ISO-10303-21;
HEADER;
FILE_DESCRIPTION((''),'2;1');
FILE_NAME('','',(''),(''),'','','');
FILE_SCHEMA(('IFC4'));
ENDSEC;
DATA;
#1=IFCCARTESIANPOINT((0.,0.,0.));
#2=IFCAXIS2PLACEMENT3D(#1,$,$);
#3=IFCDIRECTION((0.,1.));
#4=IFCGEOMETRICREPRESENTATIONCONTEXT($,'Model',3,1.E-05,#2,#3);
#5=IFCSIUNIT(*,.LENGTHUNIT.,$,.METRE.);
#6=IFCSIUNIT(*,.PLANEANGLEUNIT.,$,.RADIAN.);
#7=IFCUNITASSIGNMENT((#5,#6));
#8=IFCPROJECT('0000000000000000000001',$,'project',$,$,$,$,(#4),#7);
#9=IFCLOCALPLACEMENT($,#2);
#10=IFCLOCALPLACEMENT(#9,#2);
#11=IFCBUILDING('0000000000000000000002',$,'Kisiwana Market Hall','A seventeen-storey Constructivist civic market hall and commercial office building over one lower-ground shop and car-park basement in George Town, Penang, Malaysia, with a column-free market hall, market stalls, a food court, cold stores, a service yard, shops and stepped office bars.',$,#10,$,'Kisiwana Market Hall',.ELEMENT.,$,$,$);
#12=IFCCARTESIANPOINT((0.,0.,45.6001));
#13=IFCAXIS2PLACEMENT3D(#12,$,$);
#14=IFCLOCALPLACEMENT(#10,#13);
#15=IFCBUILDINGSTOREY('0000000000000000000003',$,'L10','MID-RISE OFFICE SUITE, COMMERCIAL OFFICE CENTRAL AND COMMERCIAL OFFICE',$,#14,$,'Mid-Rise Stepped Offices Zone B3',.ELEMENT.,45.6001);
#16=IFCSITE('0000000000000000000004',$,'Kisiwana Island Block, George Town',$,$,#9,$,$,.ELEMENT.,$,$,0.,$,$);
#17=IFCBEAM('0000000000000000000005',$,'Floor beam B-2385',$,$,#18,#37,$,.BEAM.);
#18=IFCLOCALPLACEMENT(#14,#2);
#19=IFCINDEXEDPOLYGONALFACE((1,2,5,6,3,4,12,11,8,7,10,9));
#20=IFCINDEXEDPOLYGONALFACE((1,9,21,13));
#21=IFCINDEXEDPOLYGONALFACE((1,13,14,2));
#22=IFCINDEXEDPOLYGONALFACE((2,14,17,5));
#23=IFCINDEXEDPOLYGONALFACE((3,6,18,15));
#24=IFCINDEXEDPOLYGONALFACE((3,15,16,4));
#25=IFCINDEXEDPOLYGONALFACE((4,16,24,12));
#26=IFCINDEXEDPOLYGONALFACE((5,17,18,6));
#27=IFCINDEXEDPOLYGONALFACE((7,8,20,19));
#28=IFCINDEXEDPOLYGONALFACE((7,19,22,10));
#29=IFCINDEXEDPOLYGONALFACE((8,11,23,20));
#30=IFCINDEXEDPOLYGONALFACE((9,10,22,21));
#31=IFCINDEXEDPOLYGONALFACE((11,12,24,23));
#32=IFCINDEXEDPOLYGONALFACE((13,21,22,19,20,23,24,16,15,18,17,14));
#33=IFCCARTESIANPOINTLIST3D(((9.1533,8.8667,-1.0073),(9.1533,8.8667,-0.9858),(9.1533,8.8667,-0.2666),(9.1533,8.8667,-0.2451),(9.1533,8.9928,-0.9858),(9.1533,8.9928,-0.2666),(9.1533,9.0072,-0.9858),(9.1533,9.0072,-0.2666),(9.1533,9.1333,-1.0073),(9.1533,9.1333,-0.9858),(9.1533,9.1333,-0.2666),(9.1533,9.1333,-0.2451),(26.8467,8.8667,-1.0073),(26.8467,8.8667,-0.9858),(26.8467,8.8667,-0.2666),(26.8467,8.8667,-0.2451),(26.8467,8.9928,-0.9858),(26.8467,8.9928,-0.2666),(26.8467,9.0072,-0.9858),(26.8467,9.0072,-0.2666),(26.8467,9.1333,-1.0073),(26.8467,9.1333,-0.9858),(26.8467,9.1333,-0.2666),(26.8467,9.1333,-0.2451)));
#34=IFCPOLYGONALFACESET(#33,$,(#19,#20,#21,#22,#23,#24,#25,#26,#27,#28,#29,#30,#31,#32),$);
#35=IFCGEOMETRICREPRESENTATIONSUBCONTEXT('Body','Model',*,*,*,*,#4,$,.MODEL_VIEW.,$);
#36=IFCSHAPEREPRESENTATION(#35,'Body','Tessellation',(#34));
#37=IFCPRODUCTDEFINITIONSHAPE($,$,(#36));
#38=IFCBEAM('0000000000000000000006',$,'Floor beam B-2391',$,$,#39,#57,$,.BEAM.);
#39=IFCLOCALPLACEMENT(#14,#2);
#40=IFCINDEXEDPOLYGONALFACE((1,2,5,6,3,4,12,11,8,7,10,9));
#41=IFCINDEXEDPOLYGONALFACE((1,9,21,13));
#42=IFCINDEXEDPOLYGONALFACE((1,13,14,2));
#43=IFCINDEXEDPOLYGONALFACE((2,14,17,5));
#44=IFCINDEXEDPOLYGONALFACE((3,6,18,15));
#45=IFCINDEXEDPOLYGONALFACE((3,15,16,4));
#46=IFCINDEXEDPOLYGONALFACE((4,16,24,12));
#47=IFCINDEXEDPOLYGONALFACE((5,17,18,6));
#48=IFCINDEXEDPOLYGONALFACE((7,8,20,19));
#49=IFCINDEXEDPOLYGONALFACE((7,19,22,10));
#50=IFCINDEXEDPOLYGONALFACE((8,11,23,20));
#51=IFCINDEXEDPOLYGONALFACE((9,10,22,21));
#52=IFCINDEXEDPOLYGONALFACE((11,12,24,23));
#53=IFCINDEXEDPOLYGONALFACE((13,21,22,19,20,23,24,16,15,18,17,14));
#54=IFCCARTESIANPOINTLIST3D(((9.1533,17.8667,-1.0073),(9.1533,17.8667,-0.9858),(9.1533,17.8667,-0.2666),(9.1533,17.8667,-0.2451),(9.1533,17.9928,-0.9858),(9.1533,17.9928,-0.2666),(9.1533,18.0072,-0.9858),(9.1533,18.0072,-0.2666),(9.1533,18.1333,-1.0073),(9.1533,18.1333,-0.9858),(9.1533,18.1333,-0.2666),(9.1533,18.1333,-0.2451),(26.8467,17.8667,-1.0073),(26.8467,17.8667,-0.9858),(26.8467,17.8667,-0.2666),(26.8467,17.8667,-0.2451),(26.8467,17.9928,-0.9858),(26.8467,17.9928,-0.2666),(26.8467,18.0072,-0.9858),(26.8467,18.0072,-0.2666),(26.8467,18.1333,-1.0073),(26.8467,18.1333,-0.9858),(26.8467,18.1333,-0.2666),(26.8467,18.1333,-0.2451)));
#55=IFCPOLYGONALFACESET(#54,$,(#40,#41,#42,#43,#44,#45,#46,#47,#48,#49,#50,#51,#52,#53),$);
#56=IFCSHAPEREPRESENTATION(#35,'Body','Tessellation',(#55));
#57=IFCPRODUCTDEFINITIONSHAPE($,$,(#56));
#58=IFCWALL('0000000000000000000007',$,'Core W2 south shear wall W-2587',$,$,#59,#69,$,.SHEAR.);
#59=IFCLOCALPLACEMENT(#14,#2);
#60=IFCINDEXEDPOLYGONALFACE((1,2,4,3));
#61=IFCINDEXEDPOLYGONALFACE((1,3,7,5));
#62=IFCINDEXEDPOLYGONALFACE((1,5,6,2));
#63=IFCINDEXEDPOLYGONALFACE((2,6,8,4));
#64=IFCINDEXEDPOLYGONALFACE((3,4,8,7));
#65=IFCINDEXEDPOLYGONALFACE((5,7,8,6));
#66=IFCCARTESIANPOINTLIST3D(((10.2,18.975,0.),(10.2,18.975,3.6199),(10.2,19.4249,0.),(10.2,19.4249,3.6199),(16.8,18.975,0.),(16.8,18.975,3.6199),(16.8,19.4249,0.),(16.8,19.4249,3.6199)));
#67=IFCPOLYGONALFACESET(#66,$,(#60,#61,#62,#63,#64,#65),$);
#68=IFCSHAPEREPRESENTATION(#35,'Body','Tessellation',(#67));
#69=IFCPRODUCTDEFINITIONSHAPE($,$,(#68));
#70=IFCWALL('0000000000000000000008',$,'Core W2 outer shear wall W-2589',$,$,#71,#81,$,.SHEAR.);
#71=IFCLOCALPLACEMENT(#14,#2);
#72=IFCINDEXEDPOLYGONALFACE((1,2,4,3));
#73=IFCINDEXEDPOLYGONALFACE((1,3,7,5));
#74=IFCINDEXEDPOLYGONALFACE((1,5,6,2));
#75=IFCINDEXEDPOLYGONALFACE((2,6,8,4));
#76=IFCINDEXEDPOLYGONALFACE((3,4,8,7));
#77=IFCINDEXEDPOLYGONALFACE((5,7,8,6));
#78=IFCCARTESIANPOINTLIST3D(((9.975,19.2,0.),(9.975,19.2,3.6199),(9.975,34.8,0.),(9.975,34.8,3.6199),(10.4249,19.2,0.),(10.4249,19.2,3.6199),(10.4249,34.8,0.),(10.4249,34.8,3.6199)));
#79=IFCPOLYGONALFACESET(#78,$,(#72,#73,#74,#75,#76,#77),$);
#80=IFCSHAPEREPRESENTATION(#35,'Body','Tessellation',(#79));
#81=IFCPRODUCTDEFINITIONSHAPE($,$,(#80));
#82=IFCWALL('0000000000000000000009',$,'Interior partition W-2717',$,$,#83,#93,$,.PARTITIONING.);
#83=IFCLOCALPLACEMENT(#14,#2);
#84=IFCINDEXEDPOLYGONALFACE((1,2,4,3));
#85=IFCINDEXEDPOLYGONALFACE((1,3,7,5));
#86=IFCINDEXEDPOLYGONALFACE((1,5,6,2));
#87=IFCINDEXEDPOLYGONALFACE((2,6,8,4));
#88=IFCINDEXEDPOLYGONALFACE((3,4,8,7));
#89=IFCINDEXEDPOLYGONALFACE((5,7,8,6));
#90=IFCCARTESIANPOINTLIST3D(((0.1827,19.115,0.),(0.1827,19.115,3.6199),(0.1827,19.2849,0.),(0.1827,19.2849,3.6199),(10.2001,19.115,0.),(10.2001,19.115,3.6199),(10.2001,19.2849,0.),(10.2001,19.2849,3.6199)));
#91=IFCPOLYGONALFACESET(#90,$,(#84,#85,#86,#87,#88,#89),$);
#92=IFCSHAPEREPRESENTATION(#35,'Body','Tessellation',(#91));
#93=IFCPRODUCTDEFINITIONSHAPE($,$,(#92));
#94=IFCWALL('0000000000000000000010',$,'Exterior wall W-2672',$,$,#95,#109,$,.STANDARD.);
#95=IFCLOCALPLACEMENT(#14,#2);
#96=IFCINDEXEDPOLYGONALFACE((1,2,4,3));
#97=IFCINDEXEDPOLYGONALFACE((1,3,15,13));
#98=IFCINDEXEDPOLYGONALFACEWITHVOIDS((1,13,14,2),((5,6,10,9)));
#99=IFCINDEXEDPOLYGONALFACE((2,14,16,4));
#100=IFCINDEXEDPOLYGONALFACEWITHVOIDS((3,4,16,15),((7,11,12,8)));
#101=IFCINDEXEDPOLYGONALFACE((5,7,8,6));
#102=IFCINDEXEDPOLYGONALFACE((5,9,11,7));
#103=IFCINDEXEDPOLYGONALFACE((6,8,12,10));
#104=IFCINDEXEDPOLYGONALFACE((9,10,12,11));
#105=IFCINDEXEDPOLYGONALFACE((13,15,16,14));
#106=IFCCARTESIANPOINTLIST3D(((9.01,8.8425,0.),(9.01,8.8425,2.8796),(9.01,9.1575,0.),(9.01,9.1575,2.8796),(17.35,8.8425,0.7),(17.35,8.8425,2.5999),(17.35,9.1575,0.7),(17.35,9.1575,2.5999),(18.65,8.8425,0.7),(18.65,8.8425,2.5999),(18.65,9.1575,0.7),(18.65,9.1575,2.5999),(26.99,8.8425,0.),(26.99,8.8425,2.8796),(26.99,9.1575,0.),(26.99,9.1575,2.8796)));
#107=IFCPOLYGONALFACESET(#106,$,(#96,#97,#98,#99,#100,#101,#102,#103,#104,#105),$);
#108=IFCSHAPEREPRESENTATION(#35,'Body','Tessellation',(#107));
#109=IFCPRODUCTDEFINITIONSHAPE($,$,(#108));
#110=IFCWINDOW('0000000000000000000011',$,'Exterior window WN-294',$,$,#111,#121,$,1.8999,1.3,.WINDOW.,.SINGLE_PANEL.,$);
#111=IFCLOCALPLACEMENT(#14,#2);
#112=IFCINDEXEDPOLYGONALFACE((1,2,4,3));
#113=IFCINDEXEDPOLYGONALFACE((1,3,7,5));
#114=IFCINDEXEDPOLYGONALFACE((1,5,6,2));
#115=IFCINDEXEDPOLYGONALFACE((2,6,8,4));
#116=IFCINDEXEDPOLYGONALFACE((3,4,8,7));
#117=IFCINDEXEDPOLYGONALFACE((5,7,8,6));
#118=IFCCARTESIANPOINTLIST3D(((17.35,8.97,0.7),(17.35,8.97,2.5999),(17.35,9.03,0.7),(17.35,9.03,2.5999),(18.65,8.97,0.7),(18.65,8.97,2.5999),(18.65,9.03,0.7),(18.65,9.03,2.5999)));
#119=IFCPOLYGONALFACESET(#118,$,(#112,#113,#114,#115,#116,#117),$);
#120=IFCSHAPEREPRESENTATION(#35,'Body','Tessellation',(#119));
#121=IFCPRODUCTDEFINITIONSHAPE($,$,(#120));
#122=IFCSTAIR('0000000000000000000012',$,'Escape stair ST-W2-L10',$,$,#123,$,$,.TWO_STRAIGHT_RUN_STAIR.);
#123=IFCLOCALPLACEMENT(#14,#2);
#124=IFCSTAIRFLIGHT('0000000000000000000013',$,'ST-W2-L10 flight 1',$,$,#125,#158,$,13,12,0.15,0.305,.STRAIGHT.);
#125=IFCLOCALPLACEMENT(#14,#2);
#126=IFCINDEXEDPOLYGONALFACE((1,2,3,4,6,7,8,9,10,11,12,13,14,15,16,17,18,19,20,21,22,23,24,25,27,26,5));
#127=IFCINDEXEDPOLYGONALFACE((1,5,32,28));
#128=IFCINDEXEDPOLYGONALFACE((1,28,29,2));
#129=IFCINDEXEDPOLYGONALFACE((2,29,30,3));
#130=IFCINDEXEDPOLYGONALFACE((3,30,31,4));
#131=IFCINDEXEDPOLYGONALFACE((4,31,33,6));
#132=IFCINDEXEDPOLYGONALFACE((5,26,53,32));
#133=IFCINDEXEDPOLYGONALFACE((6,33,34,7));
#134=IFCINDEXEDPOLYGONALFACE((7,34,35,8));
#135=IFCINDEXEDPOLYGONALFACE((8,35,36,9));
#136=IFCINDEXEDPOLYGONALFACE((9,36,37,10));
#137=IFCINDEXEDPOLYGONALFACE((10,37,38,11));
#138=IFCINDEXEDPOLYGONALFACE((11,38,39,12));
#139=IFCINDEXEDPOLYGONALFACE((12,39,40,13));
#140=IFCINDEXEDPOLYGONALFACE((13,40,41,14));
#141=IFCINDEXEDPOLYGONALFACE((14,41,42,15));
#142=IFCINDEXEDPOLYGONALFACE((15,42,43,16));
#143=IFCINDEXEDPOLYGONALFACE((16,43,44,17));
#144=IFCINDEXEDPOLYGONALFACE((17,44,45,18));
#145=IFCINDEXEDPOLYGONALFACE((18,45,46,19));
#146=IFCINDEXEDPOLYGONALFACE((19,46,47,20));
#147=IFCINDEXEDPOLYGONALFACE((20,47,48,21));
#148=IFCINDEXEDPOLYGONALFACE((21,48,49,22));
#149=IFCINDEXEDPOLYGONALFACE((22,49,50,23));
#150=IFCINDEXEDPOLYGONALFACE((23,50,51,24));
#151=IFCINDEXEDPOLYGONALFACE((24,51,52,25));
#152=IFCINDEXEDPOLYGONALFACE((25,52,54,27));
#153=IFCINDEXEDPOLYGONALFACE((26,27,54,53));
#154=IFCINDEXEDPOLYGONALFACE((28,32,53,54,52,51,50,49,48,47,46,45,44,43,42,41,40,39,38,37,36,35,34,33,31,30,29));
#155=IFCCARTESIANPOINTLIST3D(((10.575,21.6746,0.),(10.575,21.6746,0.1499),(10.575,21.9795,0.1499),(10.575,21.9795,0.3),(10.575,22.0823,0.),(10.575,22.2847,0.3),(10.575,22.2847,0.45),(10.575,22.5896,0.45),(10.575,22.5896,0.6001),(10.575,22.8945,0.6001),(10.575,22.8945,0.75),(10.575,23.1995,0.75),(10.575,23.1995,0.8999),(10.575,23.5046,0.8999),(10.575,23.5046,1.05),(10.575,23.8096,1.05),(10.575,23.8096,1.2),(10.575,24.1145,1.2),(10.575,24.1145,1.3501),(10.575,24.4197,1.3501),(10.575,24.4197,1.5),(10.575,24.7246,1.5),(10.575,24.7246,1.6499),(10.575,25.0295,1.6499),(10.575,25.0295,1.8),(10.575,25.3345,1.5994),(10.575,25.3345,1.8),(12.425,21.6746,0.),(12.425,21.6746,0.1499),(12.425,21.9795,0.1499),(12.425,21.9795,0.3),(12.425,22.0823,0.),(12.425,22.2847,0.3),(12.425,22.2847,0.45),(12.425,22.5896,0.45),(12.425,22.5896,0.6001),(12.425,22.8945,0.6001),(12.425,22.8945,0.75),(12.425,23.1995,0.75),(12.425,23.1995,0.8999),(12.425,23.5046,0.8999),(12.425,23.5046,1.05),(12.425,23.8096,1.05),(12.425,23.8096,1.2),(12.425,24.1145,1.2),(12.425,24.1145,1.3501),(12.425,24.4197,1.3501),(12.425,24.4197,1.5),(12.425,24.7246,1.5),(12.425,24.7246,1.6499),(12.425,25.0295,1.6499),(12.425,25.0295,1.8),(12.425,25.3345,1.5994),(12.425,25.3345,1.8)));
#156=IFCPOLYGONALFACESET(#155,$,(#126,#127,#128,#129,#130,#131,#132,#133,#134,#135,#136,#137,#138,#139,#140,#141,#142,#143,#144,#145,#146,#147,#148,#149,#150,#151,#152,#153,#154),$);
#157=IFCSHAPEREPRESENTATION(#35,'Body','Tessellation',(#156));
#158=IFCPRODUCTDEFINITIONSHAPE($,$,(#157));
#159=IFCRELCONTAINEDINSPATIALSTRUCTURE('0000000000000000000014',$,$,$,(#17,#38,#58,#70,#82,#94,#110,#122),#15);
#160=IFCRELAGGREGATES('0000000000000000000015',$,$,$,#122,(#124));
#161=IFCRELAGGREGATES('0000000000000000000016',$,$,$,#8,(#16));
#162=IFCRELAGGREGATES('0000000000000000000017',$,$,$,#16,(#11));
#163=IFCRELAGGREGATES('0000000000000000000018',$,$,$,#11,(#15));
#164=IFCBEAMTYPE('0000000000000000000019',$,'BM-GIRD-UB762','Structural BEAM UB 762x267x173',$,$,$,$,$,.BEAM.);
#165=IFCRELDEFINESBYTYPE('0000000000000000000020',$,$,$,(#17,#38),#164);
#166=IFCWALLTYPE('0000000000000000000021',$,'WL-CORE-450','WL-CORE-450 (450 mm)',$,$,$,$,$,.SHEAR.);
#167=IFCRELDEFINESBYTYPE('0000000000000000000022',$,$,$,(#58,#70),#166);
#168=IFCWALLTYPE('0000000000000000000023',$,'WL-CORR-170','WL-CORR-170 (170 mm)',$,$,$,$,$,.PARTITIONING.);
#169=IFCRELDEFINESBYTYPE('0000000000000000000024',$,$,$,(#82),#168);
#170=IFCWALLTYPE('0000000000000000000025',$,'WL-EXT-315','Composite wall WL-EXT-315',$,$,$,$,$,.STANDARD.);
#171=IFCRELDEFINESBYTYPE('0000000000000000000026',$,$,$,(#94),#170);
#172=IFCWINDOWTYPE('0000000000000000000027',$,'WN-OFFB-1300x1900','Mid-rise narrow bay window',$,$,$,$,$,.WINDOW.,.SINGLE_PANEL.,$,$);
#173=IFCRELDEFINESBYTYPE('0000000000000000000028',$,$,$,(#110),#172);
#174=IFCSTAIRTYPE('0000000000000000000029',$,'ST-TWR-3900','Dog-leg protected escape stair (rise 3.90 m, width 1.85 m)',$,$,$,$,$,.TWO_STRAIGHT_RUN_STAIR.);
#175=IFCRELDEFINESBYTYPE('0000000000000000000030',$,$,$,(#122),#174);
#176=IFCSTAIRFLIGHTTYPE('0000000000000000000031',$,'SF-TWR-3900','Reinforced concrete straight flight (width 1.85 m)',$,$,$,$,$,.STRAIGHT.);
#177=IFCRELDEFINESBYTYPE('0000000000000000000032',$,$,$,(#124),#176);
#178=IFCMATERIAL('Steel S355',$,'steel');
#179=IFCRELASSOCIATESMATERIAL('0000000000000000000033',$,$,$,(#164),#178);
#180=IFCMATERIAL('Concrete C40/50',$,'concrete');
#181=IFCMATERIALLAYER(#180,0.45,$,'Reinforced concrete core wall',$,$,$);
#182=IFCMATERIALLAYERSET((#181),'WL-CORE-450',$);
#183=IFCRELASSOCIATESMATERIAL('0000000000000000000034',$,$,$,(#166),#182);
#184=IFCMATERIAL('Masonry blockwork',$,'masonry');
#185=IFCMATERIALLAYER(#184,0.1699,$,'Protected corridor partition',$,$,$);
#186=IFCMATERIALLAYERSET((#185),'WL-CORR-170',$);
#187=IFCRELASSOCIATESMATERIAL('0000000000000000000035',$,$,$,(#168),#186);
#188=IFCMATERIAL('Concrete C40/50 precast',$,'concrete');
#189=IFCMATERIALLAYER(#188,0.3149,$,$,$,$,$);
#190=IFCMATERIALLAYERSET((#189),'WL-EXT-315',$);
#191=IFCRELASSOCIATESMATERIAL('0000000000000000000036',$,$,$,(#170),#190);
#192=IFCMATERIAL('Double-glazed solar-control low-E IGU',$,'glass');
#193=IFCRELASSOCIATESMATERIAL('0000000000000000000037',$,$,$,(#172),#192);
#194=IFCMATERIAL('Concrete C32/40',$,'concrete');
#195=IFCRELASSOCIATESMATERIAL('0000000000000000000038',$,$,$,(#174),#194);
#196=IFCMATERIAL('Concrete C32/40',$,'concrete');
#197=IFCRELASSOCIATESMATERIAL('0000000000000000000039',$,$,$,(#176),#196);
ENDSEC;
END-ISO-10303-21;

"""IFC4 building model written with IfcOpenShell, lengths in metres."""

from ifc_helpers import new_model, si_unit, direction, frame, frame_2d, origin, origin_2d, place, context, subcontext, project, spatial, polyline, rectangle, i_section, outline, extrude, material, layer, layer_set, material_profile, profile_set, type_object, element, fill, aggregate, save


model = new_model("IFC4")

# Units and contexts
model_context = context("Model", 3, precision=1e-05, world=origin(), true_north=direction((0.0, 1.0)))
body_context = subcontext(model_context, "Body", "Model", "MODEL_VIEW")
ifc_project = project(units=[si_unit("LENGTHUNIT", "METRE"), si_unit("PLANEANGLEUNIT", "RADIAN")], contexts=[model_context])

# Site, building, storey
site_placement = place(None, origin())
site = spatial("IfcSite", under=ifc_project, at=site_placement, Name="Kisiwana Island Block, George Town", CompositionType="ELEMENT", RefElevation=0.0)
building_placement = place(site_placement, origin())
building = spatial("IfcBuilding", under=site, at=building_placement, Name="Kisiwana Market Hall", Description="A seventeen-storey Constructivist civic market hall and commercial office building over one lower-ground shop and car-park basement in George Town, Penang, Malaysia, with a column-free market hall, market stalls, a food court, cold stores, a service yard, shops and stepped office bars.", LongName="Kisiwana Market Hall", CompositionType="ELEMENT")
storey_placement = place(building_placement, frame((0.0, 0.0, 45.6001)))
storey = spatial("IfcBuildingStorey", under=building, at=storey_placement, Name="L10", Description="MID-RISE OFFICE SUITE, COMMERCIAL OFFICE CENTRAL AND COMMERCIAL OFFICE", LongName="Mid-Rise Stepped Offices Zone B3", CompositionType="ELEMENT", Elevation=45.6001)

# Beams
ifc_material_1 = material(Name="Steel S355", Category="steel")
ifc_material_profile_1 = material_profile(ifc_material_1, i_section(OverallWidth=0.2666, OverallDepth=0.7622, WebThickness=0.0144, FlangeThickness=0.0215, at=origin_2d()), Name="UB 762x267x173")
ifc_profile_set_1 = profile_set([ifc_material_profile_1], Name="Steel S355")
beam_type_1 = type_object("IfcBeamType", Name="BM-GIRD-UB762", Description="Structural BEAM UB 762x267x173", PredefinedType="BEAM", material=ifc_profile_set_1)
for number, where, z_axis, x_axis, name in (
    (1, (9.1533, 9.0, -0.6262), (1.0, 0.0, 0.0), (0.0, 1.0, 0.0), "Floor beam B-2385"),
    (2, (9.1533, 18.0, -0.6262), (1.0, 0.0, 0.0), (0.0, 1.0, 0.0), "Floor beam B-2391"),
):
    element("IfcBeam", number, at=place(storey_placement, frame(where, z_axis=z_axis, x_axis=x_axis)), inside=storey, type_object=beam_type_1, Name=name, PredefinedType="BEAM", context=body_context, shape_type="SweptSolid", body=[
        extrude(i_section(OverallWidth=0.2666, OverallDepth=0.7622, WebThickness=0.0144, FlangeThickness=0.0215, at=origin_2d()), origin(), (0.0, 0.0, 1.0), 17.6934),
    ])

# Walls
ifc_material_2 = material(Name="Concrete C40/50", Category="concrete")
ifc_layer_1 = layer(ifc_material_2, 0.45, Name="Reinforced concrete core wall")
ifc_layer_set_1 = layer_set([ifc_layer_1], Name="WL-CORE-450")
wall_type_1 = type_object("IfcWallType", Name="WL-CORE-450", Description="WL-CORE-450 (450 mm)", PredefinedType="SHEAR", material=ifc_layer_set_1)
wall_1_placement = place(storey_placement, frame((10.2, 19.2, 0.0), z_axis=(0.0, 0.0, 1.0), x_axis=(1.0, 0.0, 0.0)))
element("IfcWall", 3, at=wall_1_placement, inside=storey, type_object=wall_type_1, Name="Core W2 south shear wall W-2587", PredefinedType="SHEAR", context=body_context, shape_type="SweptSolid", body=[
    extrude(rectangle(XDim=6.6001, YDim=0.45, at=frame_2d((3.3, 0.0))), origin(), (0.0, 0.0, 1.0), 3.6199),
])
wall_2_placement = place(storey_placement, frame((10.2, 19.2, 0.0), z_axis=(0.0, 0.0, 1.0), x_axis=(0.0, 1.0, 0.0)))
element("IfcWall", 4, at=wall_2_placement, inside=storey, type_object=wall_type_1, Name="Core W2 outer shear wall W-2589", PredefinedType="SHEAR", context=body_context, shape_type="SweptSolid", body=[
    extrude(rectangle(XDim=15.6001, YDim=0.45, at=frame_2d((7.8, 0.0))), origin(), (0.0, 0.0, 1.0), 3.6199),
])
ifc_material_3 = material(Name="Masonry blockwork", Category="masonry")
ifc_layer_2 = layer(ifc_material_3, 0.1699, Name="Protected corridor partition")
ifc_layer_set_2 = layer_set([ifc_layer_2], Name="WL-CORR-170")
wall_type_2 = type_object("IfcWallType", Name="WL-CORR-170", Description="WL-CORR-170 (170 mm)", PredefinedType="PARTITIONING", material=ifc_layer_set_2)
wall_3_placement = place(storey_placement, frame((0.1826, 19.2, 0.0), z_axis=(0.0, 0.0, 1.0), x_axis=(1.0, 0.0, 0.0)))
element("IfcWall", 5, at=wall_3_placement, inside=storey, type_object=wall_type_2, Name="Interior partition W-2717", PredefinedType="PARTITIONING", context=body_context, shape_type="SweptSolid", body=[
    extrude(rectangle(XDim=10.0173, YDim=0.1699, at=frame_2d((5.0088, 0.0))), origin(), (0.0, 0.0, 1.0), 3.6199),
])

# Wall, opening, window
ifc_material_4 = material(Name="Concrete C40/50 precast", Category="concrete")
ifc_layer_3 = layer(ifc_material_4, 0.3149)
ifc_layer_set_3 = layer_set([ifc_layer_3], Name="WL-EXT-315")
wall_type_3 = type_object("IfcWallType", Name="WL-EXT-315", Description="Composite wall WL-EXT-315", PredefinedType="STANDARD", material=ifc_layer_set_3)
wall_4_placement = place(storey_placement, frame((9.01, 9.0, 0.0), z_axis=(0.0, 0.0, 1.0), x_axis=(1.0, 0.0, 0.0)))
wall_4 = element("IfcWall", 6, at=wall_4_placement, inside=storey, type_object=wall_type_3, Name="Exterior wall W-2672", PredefinedType="STANDARD", context=body_context, shape_type="SweptSolid", body=[
    extrude(rectangle(XDim=17.98, YDim=0.3149, at=frame_2d((8.99, 0.0))), origin(), (0.0, 0.0, 1.0), 2.8796),
])
opening_placement = place(wall_4_placement, frame((8.3401, 0.0, 0.7)))
opening = element("IfcOpeningElement", 7, at=opening_placement, cuts=wall_4, PredefinedType="OPENING", context=body_context, shape_type="SweptSolid", body=[
    extrude(rectangle(XDim=1.3, YDim=1.8999, at=frame_2d((0.6499, 0.95))), frame((0.0, 0.1694, 0.0), z_axis=(0.0, -1.0, 0.0), x_axis=(1.0, 0.0, 0.0)), (0.0, 0.0, 1.0), 0.3389),
])
ifc_material_5 = material(Name="Double-glazed solar-control low-E IGU", Category="glass")
window_type = type_object("IfcWindowType", Name="WN-OFFB-1300x1900", Description="Mid-rise narrow bay window", PartitioningType="SINGLE_PANEL", PredefinedType="WINDOW", material=ifc_material_5)
window_placement = place(opening_placement, origin())
window = element("IfcWindow", 8, at=window_placement, inside=storey, type_object=window_type, Name="Exterior window WN-294", OverallHeight=1.8999, OverallWidth=1.3, PartitioningType="SINGLE_PANEL", PredefinedType="WINDOW", context=body_context, shape_type="SweptSolid", body=[
    extrude(rectangle(XDim=1.3, YDim=1.8999, at=frame_2d((0.6499, 0.95))), frame((0.0, 0.03, 0.0), z_axis=(0.0, -1.0, 0.0), x_axis=(1.0, 0.0, 0.0)), (0.0, 0.0, 1.0), 0.0601),
])
fill(opening, window)

# Stair, stair flight
ifc_material_6 = material(Name="Concrete C32/40", Category="concrete")
stair_type = type_object("IfcStairType", Name="ST-TWR-3900", Description="Dog-leg protected escape stair (rise 3.90 m, width 1.85 m)", PredefinedType="TWO_STRAIGHT_RUN_STAIR", material=ifc_material_6)
stair_placement = place(storey_placement, origin())
stair = element("IfcStair", 9, at=stair_placement, inside=storey, type_object=stair_type, Name="Escape stair ST-W2-L10", PredefinedType="TWO_STRAIGHT_RUN_STAIR")
ifc_material_7 = material(Name="Concrete C32/40", Category="concrete")
stair_flight_type = type_object("IfcStairFlightType", Name="SF-TWR-3900", Description="Reinforced concrete straight flight (width 1.85 m)", PredefinedType="STRAIGHT", material=ifc_material_7)
stair_flight_placement = place(storey_placement, frame((11.5, 21.6746, 0.0), z_axis=(0.0, 0.0, 1.0), x_axis=(0.0, 1.0, 0.0)))
stair_flight = element("IfcStairFlight", 10, at=stair_flight_placement, type_object=stair_flight_type, Name="ST-W2-L10 flight 1", NumberOfRisers=13, NumberOfTreads=12, PredefinedType="STRAIGHT", RiserHeight=0.15, TreadLength=0.305, context=body_context, shape_type="SweptSolid", body=[
    extrude(outline(polyline([(0.0, 0.0), (0.0, 0.1499), (0.3049, 0.1499), (0.3049, 0.3), (0.6101, 0.3), (0.6101, 0.45), (0.915, 0.45), (0.915, 0.6001), (1.22, 0.6001), (1.22, 0.75), (1.5249, 0.75), (1.5249, 0.8999), (1.8301, 0.8999), (1.8301, 1.05), (2.135, 1.05), (2.135, 1.2), (2.4399, 1.2), (2.4399, 1.3501), (2.7451, 1.3501), (2.7451, 1.5), (3.05, 1.5), (3.05, 1.6499), (3.355, 1.6499), (3.355, 1.8), (3.6599, 1.8), (3.6599, 1.95), (3.6599, 1.5994), (0.4077, 0.0), (0.0, 0.0)])), frame((0.0, 0.925, 0.0), z_axis=(0.0, -1.0, 0.0), x_axis=(1.0, 0.0, 0.0)), (0.0, 0.0, 1.0), 1.8501),
])
aggregate(stair, [stair_flight])

save(model, "model.ifc")
